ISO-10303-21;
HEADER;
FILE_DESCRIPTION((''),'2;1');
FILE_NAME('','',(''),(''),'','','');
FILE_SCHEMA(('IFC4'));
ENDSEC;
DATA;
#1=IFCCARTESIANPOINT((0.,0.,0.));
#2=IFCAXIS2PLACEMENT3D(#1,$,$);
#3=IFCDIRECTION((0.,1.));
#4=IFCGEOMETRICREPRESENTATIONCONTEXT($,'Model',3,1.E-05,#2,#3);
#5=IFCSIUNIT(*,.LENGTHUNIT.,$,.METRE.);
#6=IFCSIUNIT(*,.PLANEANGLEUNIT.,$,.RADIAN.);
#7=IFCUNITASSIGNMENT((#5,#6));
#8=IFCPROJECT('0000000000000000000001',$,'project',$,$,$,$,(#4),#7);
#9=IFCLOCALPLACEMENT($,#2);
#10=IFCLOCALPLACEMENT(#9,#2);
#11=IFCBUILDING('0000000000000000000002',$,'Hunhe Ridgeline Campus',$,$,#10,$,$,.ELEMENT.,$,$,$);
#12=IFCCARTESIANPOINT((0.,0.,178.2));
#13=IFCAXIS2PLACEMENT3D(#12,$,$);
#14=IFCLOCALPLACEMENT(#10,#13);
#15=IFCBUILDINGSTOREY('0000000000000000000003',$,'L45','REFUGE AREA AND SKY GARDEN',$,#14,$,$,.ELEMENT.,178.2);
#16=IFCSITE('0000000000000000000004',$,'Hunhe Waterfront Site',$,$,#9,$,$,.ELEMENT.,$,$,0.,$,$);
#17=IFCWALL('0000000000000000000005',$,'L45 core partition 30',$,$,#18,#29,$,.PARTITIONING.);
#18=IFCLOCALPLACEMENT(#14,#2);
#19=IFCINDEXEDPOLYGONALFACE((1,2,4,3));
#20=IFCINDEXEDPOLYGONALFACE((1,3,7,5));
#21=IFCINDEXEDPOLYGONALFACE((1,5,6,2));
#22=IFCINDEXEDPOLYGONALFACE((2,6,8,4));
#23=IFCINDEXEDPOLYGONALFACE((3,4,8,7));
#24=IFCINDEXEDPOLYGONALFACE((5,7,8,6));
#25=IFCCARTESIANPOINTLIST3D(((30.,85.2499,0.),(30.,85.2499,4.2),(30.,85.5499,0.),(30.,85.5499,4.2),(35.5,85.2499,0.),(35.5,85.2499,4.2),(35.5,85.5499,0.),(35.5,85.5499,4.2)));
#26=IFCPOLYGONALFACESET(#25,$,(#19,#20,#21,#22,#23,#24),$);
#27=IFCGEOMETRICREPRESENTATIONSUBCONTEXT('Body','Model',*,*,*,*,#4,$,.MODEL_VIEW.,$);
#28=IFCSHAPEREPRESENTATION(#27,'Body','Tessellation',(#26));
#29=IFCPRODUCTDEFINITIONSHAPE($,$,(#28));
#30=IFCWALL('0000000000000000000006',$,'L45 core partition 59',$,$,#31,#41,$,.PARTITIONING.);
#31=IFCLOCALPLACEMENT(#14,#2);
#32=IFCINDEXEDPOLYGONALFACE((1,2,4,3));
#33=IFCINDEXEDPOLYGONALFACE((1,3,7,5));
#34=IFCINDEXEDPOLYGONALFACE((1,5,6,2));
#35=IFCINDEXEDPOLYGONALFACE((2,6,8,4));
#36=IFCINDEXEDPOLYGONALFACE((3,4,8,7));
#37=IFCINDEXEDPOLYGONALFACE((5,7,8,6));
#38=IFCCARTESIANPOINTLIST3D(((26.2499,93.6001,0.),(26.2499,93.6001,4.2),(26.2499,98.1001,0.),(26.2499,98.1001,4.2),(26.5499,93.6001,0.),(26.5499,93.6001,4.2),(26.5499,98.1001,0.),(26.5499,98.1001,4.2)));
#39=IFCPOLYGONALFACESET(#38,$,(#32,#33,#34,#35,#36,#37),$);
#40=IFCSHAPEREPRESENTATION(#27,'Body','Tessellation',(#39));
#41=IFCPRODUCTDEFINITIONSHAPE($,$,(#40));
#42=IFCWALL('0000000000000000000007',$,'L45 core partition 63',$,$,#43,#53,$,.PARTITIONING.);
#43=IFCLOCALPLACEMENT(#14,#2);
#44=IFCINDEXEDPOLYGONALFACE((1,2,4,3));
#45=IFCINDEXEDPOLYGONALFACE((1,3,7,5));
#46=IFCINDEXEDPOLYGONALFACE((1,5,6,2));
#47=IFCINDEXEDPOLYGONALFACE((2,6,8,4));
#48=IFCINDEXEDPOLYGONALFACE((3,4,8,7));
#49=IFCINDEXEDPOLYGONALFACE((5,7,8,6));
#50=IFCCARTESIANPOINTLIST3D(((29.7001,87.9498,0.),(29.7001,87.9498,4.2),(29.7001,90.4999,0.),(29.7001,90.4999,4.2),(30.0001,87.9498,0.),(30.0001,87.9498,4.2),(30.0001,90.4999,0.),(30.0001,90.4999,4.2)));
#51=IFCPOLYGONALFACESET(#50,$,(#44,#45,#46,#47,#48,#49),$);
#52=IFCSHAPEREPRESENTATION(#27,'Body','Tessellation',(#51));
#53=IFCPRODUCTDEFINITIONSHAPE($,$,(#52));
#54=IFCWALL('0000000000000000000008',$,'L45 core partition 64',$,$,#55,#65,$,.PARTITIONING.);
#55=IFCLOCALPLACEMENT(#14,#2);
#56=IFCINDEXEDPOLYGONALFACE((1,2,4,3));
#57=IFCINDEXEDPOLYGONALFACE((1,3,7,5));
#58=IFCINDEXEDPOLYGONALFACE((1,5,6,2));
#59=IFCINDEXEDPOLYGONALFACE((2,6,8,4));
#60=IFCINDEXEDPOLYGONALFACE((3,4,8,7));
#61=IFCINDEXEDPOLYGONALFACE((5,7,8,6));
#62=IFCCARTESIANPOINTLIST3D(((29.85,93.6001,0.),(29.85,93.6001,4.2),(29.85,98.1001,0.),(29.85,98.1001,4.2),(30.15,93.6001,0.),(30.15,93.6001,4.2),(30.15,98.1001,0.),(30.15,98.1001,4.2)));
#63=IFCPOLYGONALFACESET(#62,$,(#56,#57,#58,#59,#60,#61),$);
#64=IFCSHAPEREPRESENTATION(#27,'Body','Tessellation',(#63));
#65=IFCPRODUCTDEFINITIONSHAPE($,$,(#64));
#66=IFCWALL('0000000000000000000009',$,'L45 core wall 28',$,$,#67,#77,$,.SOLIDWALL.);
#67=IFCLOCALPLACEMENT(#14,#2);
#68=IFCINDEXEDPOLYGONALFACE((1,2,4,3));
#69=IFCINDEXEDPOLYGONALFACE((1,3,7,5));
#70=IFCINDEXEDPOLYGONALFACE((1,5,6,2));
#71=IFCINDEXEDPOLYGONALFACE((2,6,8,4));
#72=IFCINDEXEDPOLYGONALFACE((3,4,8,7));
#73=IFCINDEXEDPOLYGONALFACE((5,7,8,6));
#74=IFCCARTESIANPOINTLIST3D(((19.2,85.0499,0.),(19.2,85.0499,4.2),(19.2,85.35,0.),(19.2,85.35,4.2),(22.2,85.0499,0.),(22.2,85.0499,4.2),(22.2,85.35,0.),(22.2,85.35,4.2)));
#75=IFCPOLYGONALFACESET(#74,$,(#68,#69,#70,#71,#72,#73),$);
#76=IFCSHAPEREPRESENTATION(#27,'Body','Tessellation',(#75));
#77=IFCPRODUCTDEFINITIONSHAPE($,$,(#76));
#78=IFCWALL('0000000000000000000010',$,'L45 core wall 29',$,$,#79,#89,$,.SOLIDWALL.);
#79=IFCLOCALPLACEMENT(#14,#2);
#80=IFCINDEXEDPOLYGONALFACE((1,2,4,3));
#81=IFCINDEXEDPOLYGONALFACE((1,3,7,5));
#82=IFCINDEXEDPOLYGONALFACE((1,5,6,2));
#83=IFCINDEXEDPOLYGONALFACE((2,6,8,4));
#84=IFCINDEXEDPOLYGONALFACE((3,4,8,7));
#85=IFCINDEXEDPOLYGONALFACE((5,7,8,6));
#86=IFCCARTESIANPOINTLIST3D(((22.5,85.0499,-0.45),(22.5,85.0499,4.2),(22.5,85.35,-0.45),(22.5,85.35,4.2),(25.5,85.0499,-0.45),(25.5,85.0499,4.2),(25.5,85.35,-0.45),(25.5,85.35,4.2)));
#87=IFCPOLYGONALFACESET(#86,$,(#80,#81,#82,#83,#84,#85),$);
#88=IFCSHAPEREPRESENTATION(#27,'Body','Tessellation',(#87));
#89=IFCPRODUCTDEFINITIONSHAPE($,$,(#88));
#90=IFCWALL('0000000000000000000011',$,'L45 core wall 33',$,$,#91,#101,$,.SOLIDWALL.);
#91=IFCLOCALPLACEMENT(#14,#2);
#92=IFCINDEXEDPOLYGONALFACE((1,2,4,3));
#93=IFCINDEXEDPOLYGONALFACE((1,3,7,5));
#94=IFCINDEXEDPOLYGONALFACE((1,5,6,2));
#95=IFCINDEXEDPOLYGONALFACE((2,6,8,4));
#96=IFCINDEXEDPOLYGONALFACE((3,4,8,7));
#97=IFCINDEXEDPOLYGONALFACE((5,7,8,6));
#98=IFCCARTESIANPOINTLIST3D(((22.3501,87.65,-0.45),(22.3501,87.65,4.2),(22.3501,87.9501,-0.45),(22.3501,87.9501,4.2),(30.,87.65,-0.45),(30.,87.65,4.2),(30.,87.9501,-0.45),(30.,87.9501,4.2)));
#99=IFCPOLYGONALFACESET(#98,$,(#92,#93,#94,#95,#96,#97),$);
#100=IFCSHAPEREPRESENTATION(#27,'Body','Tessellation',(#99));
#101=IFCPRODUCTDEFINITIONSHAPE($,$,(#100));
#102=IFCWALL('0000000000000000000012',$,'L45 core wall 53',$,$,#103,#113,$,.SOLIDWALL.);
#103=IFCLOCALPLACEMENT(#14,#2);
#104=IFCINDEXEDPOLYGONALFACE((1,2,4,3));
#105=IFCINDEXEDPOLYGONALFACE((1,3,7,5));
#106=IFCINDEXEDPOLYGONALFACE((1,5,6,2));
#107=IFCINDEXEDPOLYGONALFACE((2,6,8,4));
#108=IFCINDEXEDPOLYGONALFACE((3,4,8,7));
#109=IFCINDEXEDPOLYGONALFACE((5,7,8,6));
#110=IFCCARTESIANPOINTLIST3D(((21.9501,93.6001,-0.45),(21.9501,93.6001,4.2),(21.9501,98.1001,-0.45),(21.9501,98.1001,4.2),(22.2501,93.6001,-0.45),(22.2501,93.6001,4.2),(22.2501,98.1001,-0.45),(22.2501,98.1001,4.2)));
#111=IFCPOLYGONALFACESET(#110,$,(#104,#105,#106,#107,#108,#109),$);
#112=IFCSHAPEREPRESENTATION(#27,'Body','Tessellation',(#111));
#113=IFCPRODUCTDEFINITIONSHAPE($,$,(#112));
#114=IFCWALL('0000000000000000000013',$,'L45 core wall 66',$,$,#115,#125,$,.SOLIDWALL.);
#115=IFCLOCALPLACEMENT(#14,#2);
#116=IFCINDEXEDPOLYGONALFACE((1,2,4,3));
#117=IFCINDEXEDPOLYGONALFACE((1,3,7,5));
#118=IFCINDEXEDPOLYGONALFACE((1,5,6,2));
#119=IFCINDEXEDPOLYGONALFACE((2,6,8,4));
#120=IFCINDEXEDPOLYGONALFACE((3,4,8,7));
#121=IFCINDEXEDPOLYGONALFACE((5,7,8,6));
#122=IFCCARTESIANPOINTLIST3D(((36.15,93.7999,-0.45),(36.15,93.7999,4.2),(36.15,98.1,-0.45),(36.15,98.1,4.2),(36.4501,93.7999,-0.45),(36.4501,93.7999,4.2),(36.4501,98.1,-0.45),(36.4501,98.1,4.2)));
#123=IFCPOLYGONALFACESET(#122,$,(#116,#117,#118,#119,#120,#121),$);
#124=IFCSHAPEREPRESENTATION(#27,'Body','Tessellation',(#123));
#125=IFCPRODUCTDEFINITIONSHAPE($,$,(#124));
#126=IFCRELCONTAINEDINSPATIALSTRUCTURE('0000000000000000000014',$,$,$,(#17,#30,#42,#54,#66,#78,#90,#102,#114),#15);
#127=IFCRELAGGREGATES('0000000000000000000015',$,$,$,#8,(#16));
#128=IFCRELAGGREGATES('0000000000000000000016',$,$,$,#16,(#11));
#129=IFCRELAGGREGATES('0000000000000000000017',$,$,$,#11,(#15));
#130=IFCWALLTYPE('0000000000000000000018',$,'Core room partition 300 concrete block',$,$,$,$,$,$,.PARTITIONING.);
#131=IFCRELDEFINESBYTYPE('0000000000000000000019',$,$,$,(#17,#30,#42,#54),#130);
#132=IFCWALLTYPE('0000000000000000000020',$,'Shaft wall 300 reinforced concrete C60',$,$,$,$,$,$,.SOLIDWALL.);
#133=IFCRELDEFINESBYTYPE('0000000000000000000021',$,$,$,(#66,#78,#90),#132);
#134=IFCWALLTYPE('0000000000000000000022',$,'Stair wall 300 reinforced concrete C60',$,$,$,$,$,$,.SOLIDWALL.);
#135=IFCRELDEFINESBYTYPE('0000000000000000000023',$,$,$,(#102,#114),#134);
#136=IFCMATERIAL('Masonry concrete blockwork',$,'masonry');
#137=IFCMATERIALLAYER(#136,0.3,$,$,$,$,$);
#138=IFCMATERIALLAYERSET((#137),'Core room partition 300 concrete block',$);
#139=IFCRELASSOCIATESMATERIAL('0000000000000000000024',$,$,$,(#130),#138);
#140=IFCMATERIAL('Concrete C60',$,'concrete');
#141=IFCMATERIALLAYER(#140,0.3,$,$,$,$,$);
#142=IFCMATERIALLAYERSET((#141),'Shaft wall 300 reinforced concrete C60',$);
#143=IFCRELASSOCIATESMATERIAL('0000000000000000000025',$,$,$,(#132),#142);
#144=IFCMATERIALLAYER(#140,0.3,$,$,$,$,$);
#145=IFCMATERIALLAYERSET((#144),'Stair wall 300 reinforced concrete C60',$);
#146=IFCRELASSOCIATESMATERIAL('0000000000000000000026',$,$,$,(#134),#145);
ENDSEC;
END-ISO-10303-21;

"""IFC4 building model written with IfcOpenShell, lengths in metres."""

from ifc_helpers import new_model, si_unit, direction, frame, frame_2d, origin, place, context, subcontext, project, spatial, rectangle, extrude, material, layer, layer_set, type_object, element, save


model = new_model("IFC4")

# Units and contexts
model_context = context("Model", 3, precision=1e-05, world=origin(), true_north=direction((0.0, 1.0)))
body_context = subcontext(model_context, "Body", "Model", "MODEL_VIEW")
ifc_project = project(units=[si_unit("LENGTHUNIT", "METRE"), si_unit("PLANEANGLEUNIT", "RADIAN")], contexts=[model_context])

# Site, building, storey
site_placement = place(None, origin())
site = spatial("IfcSite", under=ifc_project, at=site_placement, Name="Hunhe Waterfront Site", CompositionType="ELEMENT", RefElevation=0.0)
building_placement = place(site_placement, origin())
building = spatial("IfcBuilding", under=site, at=building_placement, Name="Hunhe Ridgeline Campus", CompositionType="ELEMENT")
storey_placement = place(building_placement, frame((0.0, 0.0, 178.2)))
storey = spatial("IfcBuildingStorey", under=building, at=storey_placement, Name="L45", Description="REFUGE AREA AND SKY GARDEN", CompositionType="ELEMENT", Elevation=178.2)

# Walls
ifc_material_1 = material(Name="Masonry concrete blockwork", Category="masonry")
ifc_layer_1 = layer(ifc_material_1, 0.3)
ifc_layer_set_1 = layer_set([ifc_layer_1], Name="Core room partition 300 concrete block")
wall_type_1 = type_object("IfcWallType", Name="Core room partition 300 concrete block", PredefinedType="PARTITIONING", material=ifc_layer_set_1)
wall_1_placement = place(storey_placement, frame((30.0, 85.3999, 0.0), z_axis=(0.0, 0.0, 1.0), x_axis=(1.0, 0.0, 0.0)))
element("IfcWall", 1, at=wall_1_placement, inside=storey, type_object=wall_type_1, Name="L45 core partition 30", PredefinedType="PARTITIONING", context=body_context, shape_type="SweptSolid", body=[
    extrude(rectangle(XDim=5.5, YDim=0.3, at=frame_2d((2.75, 0.0))), origin(), (0.0, 0.0, 1.0), 4.2),
])
wall_2_placement = place(storey_placement, frame((26.3999, 93.6001, 0.0), z_axis=(0.0, 0.0, 1.0), x_axis=(0.0, 1.0, 0.0)))
element("IfcWall", 2, at=wall_2_placement, inside=storey, type_object=wall_type_1, Name="L45 core partition 59", PredefinedType="PARTITIONING", context=body_context, shape_type="SweptSolid", body=[
    extrude(rectangle(XDim=4.5, YDim=0.3, at=frame_2d((2.25, 0.0))), origin(), (0.0, 0.0, 1.0), 4.2),
])
wall_3_placement = place(storey_placement, frame((29.8501, 87.95, 0.0), z_axis=(0.0, 0.0, 1.0), x_axis=(0.0, 1.0, 0.0)))
element("IfcWall", 3, at=wall_3_placement, inside=storey, type_object=wall_type_1, Name="L45 core partition 63", PredefinedType="PARTITIONING", context=body_context, shape_type="SweptSolid", body=[
    extrude(rectangle(XDim=2.55, YDim=0.3, at=frame_2d((1.2749, 0.0))), origin(), (0.0, 0.0, 1.0), 4.2),
])
wall_4_placement = place(storey_placement, frame((30.0, 93.6001, 0.0), z_axis=(0.0, 0.0, 1.0), x_axis=(0.0, 1.0, 0.0)))
element("IfcWall", 4, at=wall_4_placement, inside=storey, type_object=wall_type_1, Name="L45 core partition 64", PredefinedType="PARTITIONING", context=body_context, shape_type="SweptSolid", body=[
    extrude(rectangle(XDim=4.5, YDim=0.3, at=frame_2d((2.25, 0.0))), origin(), (0.0, 0.0, 1.0), 4.2),
])

# Walls
ifc_material_2 = material(Name="Concrete C60", Category="concrete")
ifc_layer_2 = layer(ifc_material_2, 0.3)
ifc_layer_set_2 = layer_set([ifc_layer_2], Name="Shaft wall 300 reinforced concrete C60")
wall_type_2 = type_object("IfcWallType", Name="Shaft wall 300 reinforced concrete C60", PredefinedType="SOLIDWALL", material=ifc_layer_set_2)
wall_5_placement = place(storey_placement, frame((19.2, 85.2, 0.0), z_axis=(0.0, 0.0, 1.0), x_axis=(1.0, 0.0, 0.0)))
element("IfcWall", 5, at=wall_5_placement, inside=storey, type_object=wall_type_2, Name="L45 core wall 28", PredefinedType="SOLIDWALL", context=body_context, shape_type="SweptSolid", body=[
    extrude(rectangle(XDim=3.0, YDim=0.3, at=frame_2d((1.5, 0.0))), origin(), (0.0, 0.0, 1.0), 4.2),
])
wall_6_placement = place(storey_placement, frame((22.5, 85.2, -0.45), z_axis=(0.0, 0.0, 1.0), x_axis=(1.0, 0.0, 0.0)))
element("IfcWall", 6, at=wall_6_placement, inside=storey, type_object=wall_type_2, Name="L45 core wall 29", PredefinedType="SOLIDWALL", context=body_context, shape_type="SweptSolid", body=[
    extrude(rectangle(XDim=3.0, YDim=0.3, at=frame_2d((1.5, 0.0))), origin(), (0.0, 0.0, 1.0), 4.6499),
])
wall_7_placement = place(storey_placement, frame((22.3501, 87.8, -0.45), z_axis=(0.0, 0.0, 1.0), x_axis=(1.0, 0.0, 0.0)))
element("IfcWall", 7, at=wall_7_placement, inside=storey, type_object=wall_type_2, Name="L45 core wall 33", PredefinedType="SOLIDWALL", context=body_context, shape_type="SweptSolid", body=[
    extrude(rectangle(XDim=7.6499, YDim=0.3, at=frame_2d((3.825, 0.0))), origin(), (0.0, 0.0, 1.0), 4.6499),
])

# Shared definitions
ifc_layer_3 = layer(ifc_material_2, 0.3)
ifc_layer_set_3 = layer_set([ifc_layer_3], Name="Stair wall 300 reinforced concrete C60")
wall_type_3 = type_object("IfcWallType", Name="Stair wall 300 reinforced concrete C60", PredefinedType="SOLIDWALL", material=ifc_layer_set_3)

# Walls
wall_8_placement = place(storey_placement, frame((22.1001, 93.6001, -0.45), z_axis=(0.0, 0.0, 1.0), x_axis=(0.0, 1.0, 0.0)))
element("IfcWall", 8, at=wall_8_placement, inside=storey, type_object=wall_type_3, Name="L45 core wall 53", PredefinedType="SOLIDWALL", context=body_context, shape_type="SweptSolid", body=[
    extrude(rectangle(XDim=4.5, YDim=0.3, at=frame_2d((2.25, 0.0))), origin(), (0.0, 0.0, 1.0), 4.6499),
])
wall_9_placement = place(storey_placement, frame((36.3, 93.8, -0.45), z_axis=(0.0, 0.0, 1.0), x_axis=(0.0, 1.0, 0.0)))
element("IfcWall", 9, at=wall_9_placement, inside=storey, type_object=wall_type_3, Name="L45 core wall 66", PredefinedType="SOLIDWALL", context=body_context, shape_type="SweptSolid", body=[
    extrude(rectangle(XDim=4.3, YDim=0.3, at=frame_2d((2.1499, 0.0))), origin(), (0.0, 0.0, 1.0), 4.6499),
])

save(model, "model.ifc")
